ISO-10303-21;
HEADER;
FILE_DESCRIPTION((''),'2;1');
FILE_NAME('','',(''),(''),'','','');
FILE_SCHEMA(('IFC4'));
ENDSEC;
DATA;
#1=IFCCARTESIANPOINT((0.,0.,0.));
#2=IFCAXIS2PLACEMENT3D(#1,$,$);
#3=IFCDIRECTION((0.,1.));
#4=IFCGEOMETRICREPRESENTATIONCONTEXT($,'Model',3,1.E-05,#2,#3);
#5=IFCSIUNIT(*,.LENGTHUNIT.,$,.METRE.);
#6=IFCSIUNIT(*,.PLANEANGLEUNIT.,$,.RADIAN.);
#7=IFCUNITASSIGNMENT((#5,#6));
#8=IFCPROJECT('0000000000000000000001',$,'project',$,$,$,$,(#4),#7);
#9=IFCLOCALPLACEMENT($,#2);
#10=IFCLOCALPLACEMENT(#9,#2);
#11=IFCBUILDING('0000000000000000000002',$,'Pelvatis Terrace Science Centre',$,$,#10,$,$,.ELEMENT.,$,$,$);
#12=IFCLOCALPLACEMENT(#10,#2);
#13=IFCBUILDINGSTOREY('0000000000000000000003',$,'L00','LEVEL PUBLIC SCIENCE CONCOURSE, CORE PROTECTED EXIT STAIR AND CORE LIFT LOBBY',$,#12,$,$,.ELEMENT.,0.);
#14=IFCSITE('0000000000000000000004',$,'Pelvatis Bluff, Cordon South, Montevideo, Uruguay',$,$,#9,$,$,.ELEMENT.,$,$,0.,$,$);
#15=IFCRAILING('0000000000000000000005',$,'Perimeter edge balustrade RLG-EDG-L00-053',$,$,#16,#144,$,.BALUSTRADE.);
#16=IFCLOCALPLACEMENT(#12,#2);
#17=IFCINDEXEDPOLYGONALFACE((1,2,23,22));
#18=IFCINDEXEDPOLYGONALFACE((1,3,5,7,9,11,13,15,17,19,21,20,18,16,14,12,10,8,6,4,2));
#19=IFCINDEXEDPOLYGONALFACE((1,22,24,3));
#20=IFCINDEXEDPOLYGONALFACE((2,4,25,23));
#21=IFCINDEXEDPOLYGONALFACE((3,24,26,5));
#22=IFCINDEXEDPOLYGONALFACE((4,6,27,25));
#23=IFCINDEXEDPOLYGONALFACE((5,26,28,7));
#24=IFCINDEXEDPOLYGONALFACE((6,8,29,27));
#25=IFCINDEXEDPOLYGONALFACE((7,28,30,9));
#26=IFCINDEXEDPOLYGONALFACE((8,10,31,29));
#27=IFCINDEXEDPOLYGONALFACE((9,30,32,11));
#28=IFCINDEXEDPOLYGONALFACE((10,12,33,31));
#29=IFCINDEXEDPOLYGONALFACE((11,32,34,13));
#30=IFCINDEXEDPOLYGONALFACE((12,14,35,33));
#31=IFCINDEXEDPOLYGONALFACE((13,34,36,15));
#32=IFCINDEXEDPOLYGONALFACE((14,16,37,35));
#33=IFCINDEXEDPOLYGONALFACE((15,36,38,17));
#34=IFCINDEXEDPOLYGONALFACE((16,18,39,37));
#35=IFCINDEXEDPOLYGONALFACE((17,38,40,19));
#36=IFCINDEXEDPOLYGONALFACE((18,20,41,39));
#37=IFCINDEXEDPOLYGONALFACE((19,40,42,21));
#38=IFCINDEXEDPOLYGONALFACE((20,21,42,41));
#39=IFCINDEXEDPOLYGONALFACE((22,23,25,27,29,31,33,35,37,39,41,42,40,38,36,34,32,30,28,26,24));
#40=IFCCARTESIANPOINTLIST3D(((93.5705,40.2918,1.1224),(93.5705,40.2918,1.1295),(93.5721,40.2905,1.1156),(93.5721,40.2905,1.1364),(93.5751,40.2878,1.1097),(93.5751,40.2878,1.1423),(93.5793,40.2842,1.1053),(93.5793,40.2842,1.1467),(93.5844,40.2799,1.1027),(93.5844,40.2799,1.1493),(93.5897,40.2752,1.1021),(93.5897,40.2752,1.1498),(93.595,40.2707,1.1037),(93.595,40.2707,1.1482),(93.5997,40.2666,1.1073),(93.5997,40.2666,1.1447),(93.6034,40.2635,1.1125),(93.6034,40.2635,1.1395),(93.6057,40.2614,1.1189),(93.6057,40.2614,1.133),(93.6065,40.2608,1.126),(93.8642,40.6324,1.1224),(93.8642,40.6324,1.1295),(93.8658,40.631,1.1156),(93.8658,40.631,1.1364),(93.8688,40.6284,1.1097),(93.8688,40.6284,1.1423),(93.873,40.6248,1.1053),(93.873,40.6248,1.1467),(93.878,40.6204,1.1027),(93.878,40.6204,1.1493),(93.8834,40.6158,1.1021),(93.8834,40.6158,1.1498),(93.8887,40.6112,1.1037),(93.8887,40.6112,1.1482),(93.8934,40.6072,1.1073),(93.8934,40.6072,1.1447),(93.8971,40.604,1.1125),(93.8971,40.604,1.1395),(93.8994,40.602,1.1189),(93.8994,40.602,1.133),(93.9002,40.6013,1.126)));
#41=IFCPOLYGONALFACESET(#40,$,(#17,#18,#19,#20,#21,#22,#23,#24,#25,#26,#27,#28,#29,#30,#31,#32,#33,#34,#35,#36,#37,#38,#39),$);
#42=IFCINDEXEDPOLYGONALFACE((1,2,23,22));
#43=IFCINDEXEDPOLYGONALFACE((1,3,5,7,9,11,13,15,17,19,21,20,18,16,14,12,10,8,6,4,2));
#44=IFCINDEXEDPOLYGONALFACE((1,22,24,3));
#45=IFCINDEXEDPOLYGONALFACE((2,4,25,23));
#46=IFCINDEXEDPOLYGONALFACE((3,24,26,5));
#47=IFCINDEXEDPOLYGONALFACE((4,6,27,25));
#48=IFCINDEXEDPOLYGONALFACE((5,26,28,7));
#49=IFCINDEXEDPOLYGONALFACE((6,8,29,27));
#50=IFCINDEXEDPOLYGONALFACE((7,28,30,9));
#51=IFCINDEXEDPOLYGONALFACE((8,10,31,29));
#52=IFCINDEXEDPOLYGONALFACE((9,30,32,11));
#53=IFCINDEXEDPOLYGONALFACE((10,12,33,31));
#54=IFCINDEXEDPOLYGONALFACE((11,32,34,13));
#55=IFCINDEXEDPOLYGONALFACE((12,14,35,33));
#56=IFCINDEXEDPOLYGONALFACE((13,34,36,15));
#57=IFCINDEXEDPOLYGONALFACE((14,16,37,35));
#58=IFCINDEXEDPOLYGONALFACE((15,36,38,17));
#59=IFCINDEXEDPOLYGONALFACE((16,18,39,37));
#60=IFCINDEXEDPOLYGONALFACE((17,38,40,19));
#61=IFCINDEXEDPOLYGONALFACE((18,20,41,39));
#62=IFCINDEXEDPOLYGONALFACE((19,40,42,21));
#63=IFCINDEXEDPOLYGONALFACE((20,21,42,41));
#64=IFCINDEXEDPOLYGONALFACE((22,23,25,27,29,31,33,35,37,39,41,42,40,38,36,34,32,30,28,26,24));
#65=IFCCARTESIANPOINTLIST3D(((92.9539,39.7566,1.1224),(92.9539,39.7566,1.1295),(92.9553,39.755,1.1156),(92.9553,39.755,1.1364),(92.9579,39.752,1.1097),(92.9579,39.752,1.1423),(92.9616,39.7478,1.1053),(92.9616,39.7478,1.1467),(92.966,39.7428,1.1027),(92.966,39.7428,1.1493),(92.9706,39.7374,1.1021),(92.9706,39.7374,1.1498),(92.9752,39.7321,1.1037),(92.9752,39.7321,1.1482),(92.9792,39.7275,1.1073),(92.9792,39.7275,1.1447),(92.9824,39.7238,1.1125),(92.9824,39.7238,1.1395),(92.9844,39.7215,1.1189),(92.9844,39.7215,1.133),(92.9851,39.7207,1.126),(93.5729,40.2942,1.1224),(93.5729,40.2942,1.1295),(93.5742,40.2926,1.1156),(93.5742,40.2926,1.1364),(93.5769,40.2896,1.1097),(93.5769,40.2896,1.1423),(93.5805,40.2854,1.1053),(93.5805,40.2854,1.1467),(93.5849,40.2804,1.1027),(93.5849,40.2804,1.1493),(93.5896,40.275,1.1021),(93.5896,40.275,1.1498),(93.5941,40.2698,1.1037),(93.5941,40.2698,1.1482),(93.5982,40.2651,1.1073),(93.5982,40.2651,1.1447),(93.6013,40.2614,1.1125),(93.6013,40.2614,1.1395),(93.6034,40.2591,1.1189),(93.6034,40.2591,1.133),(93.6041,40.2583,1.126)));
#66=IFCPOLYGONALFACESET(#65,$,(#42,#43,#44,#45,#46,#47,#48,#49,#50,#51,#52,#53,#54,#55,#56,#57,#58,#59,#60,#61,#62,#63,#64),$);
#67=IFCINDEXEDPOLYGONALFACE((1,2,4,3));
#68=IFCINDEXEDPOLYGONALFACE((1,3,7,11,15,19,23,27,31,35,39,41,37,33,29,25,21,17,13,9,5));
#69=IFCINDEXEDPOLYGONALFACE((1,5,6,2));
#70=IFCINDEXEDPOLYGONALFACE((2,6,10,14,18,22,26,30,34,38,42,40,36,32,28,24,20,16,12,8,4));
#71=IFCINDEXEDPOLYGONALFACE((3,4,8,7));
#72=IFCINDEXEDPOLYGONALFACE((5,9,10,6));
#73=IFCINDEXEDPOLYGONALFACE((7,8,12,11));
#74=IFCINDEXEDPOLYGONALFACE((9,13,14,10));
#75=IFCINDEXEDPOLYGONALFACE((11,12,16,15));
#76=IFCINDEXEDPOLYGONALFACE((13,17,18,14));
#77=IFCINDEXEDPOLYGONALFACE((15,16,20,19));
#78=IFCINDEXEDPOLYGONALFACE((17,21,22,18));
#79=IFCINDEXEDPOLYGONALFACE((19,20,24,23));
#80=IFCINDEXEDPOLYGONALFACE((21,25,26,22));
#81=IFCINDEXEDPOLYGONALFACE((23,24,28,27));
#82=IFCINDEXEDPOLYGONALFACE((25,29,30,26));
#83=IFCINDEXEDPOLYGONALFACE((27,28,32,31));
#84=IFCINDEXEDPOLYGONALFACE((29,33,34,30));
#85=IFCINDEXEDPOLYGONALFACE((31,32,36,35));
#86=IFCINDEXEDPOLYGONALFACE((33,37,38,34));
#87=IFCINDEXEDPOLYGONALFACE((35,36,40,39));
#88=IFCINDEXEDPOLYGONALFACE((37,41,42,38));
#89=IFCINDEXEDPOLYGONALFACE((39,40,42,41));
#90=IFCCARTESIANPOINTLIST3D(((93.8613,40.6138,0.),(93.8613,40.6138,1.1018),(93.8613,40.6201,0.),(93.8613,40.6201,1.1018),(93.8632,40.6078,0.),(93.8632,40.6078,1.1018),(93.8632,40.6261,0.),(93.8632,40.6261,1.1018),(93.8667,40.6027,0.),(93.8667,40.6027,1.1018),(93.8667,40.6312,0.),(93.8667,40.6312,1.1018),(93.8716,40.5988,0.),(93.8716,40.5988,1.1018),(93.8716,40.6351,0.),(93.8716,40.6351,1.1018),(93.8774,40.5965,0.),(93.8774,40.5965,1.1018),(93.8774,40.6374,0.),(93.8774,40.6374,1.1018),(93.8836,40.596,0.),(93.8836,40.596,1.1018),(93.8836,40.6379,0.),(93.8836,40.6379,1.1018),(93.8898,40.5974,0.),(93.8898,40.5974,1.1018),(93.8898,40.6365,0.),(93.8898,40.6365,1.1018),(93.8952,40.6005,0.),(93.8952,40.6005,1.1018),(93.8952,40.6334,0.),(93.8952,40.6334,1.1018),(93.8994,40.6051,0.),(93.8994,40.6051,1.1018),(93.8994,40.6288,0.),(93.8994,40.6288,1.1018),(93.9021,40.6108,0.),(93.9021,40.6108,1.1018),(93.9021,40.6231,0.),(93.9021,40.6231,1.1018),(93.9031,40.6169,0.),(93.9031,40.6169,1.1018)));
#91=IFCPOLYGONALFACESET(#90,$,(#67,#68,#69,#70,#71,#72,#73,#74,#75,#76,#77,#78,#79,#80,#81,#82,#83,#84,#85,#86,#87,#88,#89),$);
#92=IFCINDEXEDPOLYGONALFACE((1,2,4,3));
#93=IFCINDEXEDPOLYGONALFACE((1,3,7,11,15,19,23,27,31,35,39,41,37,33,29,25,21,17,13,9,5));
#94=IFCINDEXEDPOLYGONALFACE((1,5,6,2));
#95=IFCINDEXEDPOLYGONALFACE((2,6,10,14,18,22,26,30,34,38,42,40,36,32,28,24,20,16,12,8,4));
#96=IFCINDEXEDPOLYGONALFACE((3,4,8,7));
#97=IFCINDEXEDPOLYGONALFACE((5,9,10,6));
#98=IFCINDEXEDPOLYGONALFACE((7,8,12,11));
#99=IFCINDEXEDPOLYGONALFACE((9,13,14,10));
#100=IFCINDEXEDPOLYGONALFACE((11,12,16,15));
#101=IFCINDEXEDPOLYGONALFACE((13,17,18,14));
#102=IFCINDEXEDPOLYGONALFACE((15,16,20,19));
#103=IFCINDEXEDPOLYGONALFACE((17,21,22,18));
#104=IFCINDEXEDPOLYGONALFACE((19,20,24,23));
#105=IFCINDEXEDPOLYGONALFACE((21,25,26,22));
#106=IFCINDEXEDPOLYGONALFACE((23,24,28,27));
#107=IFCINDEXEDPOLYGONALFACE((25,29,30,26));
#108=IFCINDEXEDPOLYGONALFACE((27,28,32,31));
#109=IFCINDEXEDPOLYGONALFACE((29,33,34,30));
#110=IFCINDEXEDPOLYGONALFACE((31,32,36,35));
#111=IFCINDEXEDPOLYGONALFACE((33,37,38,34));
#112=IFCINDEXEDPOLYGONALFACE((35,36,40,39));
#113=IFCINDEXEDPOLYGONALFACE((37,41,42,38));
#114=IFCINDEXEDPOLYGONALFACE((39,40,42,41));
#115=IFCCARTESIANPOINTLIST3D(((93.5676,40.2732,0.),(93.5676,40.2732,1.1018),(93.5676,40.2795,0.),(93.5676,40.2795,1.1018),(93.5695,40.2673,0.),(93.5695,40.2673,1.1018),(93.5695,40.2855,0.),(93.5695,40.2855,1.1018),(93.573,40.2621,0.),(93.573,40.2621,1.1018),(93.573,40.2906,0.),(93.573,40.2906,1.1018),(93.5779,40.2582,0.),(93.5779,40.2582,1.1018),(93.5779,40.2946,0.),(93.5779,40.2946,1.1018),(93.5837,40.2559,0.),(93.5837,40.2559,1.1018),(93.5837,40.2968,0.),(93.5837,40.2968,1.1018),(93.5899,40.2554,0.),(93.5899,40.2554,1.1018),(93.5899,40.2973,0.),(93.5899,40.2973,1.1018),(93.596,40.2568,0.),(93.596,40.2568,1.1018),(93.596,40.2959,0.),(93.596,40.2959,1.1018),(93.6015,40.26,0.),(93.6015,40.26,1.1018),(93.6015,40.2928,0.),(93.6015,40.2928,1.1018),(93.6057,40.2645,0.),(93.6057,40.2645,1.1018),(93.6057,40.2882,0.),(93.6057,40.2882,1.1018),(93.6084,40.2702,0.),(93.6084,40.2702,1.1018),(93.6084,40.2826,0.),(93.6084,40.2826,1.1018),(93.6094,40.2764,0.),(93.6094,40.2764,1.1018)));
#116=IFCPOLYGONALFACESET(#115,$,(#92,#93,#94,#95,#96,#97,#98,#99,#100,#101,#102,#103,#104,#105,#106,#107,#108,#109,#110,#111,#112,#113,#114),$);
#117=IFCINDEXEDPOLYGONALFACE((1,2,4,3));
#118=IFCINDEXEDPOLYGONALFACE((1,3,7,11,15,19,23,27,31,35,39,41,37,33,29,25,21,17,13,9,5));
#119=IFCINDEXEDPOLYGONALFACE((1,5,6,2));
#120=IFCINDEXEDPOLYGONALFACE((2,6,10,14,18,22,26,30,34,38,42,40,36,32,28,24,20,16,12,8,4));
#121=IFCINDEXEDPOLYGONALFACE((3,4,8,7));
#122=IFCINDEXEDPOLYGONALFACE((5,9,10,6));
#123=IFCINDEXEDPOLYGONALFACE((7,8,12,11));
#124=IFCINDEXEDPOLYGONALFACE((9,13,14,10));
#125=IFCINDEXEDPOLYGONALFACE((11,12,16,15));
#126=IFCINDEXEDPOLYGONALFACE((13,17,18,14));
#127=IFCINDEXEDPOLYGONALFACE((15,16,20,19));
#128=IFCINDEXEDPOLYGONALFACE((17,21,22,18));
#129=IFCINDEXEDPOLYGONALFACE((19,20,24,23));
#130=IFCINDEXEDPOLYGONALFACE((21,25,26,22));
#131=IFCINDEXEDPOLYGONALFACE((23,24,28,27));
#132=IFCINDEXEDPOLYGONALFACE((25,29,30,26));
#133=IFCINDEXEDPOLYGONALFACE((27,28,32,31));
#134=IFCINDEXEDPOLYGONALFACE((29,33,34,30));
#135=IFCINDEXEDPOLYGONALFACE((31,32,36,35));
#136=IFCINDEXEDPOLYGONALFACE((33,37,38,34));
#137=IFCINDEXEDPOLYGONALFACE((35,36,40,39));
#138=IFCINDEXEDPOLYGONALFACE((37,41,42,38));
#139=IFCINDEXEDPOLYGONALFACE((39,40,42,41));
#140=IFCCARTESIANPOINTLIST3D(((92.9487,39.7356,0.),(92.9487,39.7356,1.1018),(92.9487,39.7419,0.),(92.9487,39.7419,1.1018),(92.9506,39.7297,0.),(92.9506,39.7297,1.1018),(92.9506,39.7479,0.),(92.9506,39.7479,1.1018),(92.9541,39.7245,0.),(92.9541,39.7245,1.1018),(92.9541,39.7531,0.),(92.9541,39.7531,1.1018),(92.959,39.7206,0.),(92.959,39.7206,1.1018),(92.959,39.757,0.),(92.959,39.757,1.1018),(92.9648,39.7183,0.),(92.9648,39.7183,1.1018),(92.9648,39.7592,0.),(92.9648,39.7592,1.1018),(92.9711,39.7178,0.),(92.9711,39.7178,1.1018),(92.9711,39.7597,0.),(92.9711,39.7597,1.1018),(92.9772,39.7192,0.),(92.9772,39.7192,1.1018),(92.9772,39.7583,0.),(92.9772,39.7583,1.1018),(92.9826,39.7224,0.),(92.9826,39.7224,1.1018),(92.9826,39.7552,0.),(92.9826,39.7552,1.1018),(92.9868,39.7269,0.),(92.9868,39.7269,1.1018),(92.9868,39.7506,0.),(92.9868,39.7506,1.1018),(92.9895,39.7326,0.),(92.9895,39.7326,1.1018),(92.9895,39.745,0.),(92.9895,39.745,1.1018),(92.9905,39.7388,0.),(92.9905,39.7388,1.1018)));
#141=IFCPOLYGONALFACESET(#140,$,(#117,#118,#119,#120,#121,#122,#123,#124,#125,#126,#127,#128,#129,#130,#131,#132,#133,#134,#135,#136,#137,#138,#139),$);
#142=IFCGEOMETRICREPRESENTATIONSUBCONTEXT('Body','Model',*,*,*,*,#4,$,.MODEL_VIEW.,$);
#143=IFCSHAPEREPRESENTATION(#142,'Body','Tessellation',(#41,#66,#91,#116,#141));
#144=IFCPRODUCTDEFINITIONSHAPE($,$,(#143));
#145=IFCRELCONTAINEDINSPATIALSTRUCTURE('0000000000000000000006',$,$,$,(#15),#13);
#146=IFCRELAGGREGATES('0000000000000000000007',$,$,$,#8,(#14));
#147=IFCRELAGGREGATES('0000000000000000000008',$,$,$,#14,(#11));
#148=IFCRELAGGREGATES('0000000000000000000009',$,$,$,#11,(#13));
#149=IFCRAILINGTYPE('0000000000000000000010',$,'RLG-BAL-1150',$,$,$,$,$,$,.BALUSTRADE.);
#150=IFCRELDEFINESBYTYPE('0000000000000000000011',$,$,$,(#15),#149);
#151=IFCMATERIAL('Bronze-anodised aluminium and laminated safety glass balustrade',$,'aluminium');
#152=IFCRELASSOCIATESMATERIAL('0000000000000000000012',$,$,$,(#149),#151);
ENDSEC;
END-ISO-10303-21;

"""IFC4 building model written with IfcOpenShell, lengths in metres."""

from ifc_helpers import new_model, si_unit, direction, frame, origin, origin_2d, place, context, subcontext, project, spatial, circle, extrude, material, type_object, element, save


model = new_model("IFC4")

# Units and contexts
model_context = context("Model", 3, precision=1e-05, world=origin(), true_north=direction((0.0, 1.0)))
body_context = subcontext(model_context, "Body", "Model", "MODEL_VIEW")
ifc_project = project(units=[si_unit("LENGTHUNIT", "METRE"), si_unit("PLANEANGLEUNIT", "RADIAN")], contexts=[model_context])

# Site, building, storey
site_placement = place(None, origin())
site = spatial("IfcSite", under=ifc_project, at=site_placement, Name="Pelvatis Bluff, Cordon South, Montevideo, Uruguay", CompositionType="ELEMENT", RefElevation=0.0)
building_placement = place(site_placement, origin())
building = spatial("IfcBuilding", under=site, at=building_placement, Name="Pelvatis Terrace Science Centre", CompositionType="ELEMENT")
storey_placement = place(building_placement, origin())
storey = spatial("IfcBuildingStorey", under=building, at=storey_placement, Name="L00", Description="LEVEL PUBLIC SCIENCE CONCOURSE, CORE PROTECTED EXIT STAIR AND CORE LIFT LOBBY", CompositionType="ELEMENT", Elevation=0.0)

# Railing
ifc_material_1 = material(Name="Bronze-anodised aluminium and laminated safety glass balustrade", Category="aluminium")
railing_type = type_object("IfcRailingType", Name="RLG-BAL-1150", PredefinedType="BALUSTRADE", material=ifc_material_1)
railing_1_placement = place(storey_placement, frame((93.8821, 40.6169, 0.0)))
element("IfcRailing", 1, at=railing_1_placement, inside=storey, type_object=railing_type, Name="Perimeter edge balustrade RLG-EDG-L00-053", PredefinedType="BALUSTRADE", context=body_context, shape_type="SweptSolid", body=[
    extrude(circle(Radius=0.0239, at=origin_2d()), frame((0.0, 0.0, 1.126), z_axis=(-0.653068, -0.757299, 0.0), x_axis=(0.757299, -0.653068, 0.0)), (0.0, 0.0, 1.0), 0.4497),
    extrude(circle(Radius=0.0239, at=origin_2d()), frame((-0.2937, -0.3406, 1.126), z_axis=(-0.754952, -0.65578, 0.0), x_axis=(0.65578, -0.754952, 0.0)), (0.0, 0.0, 1.0), 0.8198),
    extrude(circle(Radius=0.021, at=origin_2d()), origin(), (0.0, 0.0, 1.0), 1.1018),
    extrude(circle(Radius=0.021, at=origin_2d()), frame((-0.2937, -0.3406, 0.0)), (0.0, 0.0, 1.0), 1.1018),
    extrude(circle(Radius=0.021, at=origin_2d()), frame((-0.9126, -0.8782, 0.0)), (0.0, 0.0, 1.0), 1.1018),
])

save(model, "model.ifc")
